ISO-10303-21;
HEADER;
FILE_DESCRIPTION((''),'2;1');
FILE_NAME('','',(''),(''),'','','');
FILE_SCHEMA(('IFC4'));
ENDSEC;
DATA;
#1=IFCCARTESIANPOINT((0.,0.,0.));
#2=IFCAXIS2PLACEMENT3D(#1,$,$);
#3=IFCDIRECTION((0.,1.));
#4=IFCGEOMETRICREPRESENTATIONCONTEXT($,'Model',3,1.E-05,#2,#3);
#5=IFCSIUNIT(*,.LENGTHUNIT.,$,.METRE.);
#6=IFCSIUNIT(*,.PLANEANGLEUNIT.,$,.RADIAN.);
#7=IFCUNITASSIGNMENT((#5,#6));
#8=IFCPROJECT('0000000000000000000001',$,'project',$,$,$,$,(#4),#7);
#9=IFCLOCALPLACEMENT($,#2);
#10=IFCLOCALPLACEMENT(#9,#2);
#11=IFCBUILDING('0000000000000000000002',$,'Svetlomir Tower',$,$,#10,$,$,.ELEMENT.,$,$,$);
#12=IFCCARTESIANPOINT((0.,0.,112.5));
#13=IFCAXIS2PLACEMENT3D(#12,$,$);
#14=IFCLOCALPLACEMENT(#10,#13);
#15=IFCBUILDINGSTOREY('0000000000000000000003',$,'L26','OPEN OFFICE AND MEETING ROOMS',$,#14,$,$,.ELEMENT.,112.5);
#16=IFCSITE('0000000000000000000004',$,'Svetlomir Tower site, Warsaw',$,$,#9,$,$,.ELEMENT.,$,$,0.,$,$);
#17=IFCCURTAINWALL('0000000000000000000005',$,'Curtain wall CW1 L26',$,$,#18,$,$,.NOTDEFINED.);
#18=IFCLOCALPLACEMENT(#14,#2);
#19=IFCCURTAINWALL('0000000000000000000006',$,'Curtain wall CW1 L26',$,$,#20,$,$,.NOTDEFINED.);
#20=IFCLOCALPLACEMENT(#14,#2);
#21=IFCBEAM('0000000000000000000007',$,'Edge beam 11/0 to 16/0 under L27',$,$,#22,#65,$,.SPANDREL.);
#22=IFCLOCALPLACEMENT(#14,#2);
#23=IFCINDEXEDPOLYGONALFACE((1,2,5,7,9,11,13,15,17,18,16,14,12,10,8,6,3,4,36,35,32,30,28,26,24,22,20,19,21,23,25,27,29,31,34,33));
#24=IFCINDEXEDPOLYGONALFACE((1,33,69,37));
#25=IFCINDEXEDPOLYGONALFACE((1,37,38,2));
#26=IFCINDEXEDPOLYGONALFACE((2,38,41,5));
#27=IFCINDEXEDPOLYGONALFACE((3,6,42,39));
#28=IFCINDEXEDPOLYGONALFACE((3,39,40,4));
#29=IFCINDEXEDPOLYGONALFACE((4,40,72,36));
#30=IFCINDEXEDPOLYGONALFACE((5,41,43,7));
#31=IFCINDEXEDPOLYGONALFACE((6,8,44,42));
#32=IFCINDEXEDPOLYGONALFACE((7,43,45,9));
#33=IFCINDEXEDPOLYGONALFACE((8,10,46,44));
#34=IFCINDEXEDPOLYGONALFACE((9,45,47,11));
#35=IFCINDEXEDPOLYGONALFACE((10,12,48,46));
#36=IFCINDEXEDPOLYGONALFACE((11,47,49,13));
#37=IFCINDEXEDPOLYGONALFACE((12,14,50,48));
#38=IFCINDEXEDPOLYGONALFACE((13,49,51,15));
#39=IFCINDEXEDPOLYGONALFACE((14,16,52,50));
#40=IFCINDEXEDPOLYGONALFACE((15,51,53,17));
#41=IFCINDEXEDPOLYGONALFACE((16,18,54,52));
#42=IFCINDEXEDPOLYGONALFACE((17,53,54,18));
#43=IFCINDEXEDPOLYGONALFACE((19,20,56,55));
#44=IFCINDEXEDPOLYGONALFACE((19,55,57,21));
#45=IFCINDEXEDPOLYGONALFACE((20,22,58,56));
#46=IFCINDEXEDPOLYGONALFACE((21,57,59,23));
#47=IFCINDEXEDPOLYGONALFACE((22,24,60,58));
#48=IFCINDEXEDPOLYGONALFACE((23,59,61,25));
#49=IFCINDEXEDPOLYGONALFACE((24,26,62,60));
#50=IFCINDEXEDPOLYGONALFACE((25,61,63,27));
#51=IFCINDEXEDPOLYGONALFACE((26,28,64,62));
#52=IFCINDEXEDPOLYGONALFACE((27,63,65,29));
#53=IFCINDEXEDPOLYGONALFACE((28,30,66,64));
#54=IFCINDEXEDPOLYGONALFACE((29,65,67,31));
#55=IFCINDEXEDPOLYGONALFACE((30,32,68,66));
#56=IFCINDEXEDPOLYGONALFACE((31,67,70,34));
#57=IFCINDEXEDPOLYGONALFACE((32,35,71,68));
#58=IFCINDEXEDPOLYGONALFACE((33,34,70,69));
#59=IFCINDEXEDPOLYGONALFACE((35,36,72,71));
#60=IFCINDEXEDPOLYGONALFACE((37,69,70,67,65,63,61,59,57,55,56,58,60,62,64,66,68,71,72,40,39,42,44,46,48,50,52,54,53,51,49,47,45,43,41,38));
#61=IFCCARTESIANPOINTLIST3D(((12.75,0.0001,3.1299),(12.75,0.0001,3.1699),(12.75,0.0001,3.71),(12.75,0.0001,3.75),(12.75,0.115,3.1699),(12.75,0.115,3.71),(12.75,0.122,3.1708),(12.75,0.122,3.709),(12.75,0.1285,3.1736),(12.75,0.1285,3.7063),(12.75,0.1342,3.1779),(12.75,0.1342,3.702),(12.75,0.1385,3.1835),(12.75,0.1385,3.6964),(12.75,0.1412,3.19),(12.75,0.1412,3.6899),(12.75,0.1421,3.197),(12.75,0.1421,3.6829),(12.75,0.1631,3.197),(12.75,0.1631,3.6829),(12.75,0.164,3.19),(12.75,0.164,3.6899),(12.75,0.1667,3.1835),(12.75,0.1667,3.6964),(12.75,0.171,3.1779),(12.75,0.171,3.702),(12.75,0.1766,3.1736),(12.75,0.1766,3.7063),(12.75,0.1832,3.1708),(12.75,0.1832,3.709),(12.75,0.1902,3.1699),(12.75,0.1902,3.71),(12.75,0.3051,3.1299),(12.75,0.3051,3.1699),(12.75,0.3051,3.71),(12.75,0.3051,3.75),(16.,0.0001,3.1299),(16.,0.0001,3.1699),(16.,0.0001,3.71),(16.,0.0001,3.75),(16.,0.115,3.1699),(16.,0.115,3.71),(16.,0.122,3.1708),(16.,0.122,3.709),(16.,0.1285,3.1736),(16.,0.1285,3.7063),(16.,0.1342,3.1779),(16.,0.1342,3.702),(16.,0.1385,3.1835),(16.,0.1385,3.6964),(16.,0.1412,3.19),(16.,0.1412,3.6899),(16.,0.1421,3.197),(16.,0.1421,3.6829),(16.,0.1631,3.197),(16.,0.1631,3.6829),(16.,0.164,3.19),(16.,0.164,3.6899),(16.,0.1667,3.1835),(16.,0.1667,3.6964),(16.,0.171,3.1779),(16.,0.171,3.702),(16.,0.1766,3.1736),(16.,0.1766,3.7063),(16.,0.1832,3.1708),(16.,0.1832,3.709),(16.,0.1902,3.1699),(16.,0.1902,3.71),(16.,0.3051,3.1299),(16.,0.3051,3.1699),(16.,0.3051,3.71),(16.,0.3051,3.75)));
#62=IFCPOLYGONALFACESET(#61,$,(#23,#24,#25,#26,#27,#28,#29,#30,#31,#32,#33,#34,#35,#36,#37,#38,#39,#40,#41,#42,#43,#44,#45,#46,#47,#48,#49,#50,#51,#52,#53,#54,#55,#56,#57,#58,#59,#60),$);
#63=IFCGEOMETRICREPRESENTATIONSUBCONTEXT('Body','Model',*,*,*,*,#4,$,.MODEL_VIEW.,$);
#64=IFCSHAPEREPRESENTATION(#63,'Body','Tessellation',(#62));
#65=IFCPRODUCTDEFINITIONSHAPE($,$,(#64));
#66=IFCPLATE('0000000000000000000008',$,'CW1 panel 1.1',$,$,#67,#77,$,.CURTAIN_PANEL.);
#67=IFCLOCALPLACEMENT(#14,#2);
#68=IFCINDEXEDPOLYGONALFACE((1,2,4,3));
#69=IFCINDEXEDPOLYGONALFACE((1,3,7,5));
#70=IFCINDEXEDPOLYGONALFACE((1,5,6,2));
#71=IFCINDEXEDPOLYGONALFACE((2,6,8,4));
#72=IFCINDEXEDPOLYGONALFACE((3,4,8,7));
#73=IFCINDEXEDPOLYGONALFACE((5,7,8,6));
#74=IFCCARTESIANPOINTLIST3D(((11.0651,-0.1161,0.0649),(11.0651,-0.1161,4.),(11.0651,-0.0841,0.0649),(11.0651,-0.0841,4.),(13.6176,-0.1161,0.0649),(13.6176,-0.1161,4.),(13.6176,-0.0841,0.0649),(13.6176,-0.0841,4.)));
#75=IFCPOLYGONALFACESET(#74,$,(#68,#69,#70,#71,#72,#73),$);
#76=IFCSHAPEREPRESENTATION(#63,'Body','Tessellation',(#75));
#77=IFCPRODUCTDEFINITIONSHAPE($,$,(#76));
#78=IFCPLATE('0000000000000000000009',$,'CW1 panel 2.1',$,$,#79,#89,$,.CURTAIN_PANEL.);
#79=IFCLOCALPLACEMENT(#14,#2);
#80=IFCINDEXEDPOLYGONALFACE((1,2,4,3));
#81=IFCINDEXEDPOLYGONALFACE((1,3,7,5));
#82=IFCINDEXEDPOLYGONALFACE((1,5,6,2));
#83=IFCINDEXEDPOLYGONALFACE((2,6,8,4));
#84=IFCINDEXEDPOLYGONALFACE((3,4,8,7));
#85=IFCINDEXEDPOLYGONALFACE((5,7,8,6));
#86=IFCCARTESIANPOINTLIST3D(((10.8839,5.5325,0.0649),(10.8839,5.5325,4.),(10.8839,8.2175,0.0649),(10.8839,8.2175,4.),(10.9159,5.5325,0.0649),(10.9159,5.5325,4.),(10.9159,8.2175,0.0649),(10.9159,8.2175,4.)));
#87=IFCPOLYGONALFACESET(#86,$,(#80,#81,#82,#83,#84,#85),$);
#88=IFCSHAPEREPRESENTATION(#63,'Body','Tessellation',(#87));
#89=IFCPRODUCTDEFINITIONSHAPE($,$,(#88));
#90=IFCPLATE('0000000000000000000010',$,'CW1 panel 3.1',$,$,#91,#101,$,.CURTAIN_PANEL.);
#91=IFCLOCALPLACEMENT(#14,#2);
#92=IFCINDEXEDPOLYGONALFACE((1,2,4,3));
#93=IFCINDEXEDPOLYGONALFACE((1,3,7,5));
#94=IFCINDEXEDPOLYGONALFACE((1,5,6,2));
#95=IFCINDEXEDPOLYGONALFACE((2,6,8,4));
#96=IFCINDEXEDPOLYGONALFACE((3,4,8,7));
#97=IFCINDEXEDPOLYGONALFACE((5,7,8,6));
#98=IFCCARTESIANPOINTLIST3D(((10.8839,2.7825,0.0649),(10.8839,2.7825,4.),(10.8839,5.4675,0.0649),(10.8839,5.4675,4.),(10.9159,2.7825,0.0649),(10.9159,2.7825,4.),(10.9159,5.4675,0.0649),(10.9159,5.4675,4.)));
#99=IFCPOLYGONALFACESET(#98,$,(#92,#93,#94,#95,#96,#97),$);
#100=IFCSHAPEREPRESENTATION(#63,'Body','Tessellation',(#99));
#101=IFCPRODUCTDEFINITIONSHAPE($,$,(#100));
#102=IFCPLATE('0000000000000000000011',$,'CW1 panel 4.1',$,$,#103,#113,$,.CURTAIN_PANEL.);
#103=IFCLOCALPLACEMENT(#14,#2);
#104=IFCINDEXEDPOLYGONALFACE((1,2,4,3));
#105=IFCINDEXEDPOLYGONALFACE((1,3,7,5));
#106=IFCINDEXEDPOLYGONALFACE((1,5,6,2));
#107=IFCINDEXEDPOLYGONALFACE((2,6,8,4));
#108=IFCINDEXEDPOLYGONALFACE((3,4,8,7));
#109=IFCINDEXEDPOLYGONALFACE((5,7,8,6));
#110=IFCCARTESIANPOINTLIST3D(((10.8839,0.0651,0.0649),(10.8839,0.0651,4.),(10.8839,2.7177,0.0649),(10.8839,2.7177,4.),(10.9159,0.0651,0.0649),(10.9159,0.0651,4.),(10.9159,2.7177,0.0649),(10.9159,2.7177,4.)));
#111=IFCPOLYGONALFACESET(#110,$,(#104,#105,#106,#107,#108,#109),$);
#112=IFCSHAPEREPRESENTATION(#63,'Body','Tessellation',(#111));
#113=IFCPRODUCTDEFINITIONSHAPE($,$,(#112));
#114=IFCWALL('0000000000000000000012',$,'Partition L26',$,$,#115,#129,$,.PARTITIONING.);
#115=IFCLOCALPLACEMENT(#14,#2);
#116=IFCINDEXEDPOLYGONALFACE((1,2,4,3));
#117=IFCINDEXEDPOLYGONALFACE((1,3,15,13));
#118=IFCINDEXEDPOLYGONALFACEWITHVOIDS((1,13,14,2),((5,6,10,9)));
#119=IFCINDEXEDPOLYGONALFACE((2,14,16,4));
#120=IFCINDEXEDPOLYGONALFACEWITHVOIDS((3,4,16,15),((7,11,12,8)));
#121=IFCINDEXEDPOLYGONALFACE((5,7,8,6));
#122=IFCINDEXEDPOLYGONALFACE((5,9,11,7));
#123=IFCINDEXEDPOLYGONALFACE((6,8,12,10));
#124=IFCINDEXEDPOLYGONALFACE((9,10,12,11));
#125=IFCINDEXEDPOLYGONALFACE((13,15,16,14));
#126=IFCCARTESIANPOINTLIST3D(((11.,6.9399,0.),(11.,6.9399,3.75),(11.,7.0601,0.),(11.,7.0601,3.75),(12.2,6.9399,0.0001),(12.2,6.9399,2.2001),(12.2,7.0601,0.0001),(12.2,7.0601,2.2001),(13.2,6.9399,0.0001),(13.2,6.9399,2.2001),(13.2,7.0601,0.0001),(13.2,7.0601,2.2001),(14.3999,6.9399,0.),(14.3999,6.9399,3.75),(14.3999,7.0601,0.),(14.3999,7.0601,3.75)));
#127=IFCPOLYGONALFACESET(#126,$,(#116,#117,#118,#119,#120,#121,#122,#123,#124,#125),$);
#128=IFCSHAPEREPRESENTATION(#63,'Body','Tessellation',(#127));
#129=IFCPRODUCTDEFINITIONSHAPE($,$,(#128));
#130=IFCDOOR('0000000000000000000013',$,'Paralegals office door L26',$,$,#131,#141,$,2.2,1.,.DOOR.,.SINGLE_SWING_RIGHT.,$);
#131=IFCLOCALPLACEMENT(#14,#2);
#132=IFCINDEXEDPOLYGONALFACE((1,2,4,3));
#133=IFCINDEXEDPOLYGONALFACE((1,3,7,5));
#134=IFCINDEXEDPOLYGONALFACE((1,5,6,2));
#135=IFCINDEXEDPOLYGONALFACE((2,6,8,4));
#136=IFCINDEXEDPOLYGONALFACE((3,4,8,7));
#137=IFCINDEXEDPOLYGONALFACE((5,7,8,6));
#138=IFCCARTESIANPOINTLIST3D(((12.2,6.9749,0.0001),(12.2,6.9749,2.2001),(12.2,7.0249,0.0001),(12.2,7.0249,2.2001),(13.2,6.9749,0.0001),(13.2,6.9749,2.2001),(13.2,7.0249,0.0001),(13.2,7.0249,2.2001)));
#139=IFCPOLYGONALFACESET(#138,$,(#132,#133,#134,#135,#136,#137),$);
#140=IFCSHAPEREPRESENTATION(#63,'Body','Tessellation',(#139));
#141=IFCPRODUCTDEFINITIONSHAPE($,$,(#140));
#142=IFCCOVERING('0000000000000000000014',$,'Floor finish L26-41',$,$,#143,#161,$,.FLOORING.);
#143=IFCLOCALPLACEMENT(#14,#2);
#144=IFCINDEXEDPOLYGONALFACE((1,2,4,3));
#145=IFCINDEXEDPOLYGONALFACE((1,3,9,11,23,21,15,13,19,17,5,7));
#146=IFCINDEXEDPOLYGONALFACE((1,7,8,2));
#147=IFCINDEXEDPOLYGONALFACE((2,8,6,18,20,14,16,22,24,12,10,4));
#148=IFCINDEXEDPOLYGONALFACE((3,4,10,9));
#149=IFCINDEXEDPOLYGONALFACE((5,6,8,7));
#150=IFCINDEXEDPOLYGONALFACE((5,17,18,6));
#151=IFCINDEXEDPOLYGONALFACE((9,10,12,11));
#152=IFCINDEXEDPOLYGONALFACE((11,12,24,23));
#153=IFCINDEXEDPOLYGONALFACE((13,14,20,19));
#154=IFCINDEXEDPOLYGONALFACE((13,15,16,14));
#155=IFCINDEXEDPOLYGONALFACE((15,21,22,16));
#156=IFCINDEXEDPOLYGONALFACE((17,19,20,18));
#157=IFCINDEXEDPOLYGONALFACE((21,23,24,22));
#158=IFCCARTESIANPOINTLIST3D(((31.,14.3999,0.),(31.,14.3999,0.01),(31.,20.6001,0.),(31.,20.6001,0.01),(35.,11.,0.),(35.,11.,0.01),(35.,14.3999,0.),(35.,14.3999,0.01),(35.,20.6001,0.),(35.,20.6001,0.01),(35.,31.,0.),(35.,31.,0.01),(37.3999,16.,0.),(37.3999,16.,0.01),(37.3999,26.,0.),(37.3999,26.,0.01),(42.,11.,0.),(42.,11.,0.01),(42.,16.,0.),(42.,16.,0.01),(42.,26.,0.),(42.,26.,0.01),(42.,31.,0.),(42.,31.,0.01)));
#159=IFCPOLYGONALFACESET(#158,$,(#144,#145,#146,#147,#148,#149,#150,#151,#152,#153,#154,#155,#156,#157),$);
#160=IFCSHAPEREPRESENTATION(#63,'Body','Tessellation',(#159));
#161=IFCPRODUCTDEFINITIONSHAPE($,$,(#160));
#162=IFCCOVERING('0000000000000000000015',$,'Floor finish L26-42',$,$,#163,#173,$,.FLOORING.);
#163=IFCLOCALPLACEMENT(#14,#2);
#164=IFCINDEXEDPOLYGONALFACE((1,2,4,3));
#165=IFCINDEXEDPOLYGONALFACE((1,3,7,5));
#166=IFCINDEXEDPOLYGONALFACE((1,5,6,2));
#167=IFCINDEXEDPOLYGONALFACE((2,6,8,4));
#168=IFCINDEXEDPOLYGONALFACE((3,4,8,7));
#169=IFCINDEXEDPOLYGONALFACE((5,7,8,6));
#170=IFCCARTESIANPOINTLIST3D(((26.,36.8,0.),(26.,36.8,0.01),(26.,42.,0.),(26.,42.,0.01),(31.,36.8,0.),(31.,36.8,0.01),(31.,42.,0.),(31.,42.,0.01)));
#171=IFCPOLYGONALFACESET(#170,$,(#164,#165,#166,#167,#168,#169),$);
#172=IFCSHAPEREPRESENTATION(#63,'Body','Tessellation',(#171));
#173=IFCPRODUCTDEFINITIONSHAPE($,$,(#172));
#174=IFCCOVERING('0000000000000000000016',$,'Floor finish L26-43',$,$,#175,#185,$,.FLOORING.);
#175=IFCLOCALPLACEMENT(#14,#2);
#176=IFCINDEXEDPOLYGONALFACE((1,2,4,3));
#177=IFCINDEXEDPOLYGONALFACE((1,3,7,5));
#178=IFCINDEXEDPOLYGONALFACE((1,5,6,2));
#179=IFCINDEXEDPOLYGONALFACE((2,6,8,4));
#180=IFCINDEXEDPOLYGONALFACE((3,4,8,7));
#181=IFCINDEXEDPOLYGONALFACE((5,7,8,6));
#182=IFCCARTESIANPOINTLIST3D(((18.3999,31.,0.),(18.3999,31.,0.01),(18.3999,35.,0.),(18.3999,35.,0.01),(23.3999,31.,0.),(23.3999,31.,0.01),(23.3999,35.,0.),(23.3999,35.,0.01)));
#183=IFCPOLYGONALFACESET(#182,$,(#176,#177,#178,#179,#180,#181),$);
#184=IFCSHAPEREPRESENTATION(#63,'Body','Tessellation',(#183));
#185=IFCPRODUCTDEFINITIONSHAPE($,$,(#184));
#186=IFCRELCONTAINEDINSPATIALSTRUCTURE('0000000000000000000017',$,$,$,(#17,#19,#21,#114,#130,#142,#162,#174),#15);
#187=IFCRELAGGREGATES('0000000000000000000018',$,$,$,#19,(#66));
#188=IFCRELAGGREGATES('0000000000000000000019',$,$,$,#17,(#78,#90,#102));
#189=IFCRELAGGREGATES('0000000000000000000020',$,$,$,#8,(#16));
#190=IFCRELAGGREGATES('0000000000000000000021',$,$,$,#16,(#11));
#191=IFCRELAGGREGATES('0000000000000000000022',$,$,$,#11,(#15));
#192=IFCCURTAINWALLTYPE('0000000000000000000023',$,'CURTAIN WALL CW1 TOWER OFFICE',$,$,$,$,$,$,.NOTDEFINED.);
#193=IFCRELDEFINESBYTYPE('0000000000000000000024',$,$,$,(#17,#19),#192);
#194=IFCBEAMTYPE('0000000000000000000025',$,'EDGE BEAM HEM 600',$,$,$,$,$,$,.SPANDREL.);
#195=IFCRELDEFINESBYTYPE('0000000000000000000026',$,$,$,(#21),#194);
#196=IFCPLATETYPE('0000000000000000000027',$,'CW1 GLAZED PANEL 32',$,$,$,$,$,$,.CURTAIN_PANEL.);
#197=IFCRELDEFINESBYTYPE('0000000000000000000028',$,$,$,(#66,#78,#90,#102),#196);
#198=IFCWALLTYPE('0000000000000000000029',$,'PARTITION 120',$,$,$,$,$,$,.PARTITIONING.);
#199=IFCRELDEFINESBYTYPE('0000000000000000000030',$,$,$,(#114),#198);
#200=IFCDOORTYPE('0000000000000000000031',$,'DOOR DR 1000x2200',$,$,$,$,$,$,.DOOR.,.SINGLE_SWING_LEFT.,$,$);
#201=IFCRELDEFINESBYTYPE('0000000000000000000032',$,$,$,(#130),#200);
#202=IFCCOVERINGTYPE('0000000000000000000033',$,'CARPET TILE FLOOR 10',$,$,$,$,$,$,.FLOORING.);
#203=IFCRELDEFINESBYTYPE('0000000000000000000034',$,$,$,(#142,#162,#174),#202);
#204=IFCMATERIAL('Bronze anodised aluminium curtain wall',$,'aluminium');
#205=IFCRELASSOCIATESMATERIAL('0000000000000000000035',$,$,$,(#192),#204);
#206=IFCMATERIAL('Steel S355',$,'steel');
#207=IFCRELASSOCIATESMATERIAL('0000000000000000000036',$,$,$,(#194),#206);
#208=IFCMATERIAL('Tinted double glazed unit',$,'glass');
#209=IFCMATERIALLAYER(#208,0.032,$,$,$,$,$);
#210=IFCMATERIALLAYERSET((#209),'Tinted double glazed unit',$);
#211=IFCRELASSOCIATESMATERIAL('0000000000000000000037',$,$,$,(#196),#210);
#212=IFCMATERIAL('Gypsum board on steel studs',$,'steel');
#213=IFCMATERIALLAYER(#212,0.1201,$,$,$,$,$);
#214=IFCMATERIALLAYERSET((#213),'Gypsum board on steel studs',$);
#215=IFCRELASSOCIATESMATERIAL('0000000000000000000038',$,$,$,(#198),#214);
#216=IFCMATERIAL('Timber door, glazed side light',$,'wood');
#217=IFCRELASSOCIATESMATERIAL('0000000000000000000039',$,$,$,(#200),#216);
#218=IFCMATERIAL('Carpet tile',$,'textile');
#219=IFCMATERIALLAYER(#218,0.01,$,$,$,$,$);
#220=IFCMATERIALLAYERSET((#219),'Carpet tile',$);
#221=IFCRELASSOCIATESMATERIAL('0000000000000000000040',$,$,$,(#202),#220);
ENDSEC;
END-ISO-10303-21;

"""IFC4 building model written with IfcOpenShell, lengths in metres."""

from ifc_helpers import new_model, si_unit, direction, frame, frame_2d, origin, origin_2d, place, context, subcontext, project, spatial, polyline, rectangle, i_section, outline, extrude, material, layer, layer_set, material_profile, profile_set, type_object, element, fill, aggregate, save


model = new_model("IFC4")

# Units and contexts
model_context = context("Model", 3, precision=1e-05, world=origin(), true_north=direction((0.0, 1.0)))
body_context = subcontext(model_context, "Body", "Model", "MODEL_VIEW")
ifc_project = project(units=[si_unit("LENGTHUNIT", "METRE"), si_unit("PLANEANGLEUNIT", "RADIAN")], contexts=[model_context])

# Site, building, storey
site_placement = place(None, origin())
site = spatial("IfcSite", under=ifc_project, at=site_placement, Name="Svetlomir Tower site, Warsaw", CompositionType="ELEMENT", RefElevation=0.0)
building_placement = place(site_placement, origin())
building = spatial("IfcBuilding", under=site, at=building_placement, Name="Svetlomir Tower", CompositionType="ELEMENT")
storey_placement = place(building_placement, frame((0.0, 0.0, 112.5)))
storey = spatial("IfcBuildingStorey", under=building, at=storey_placement, Name="L26", Description="OPEN OFFICE AND MEETING ROOMS", CompositionType="ELEMENT", Elevation=112.5)

# Curtain wall
ifc_material_1 = material(Name="Bronze anodised aluminium curtain wall", Category="aluminium")
curtain_wall_type = type_object("IfcCurtainWallType", Name="CURTAIN WALL CW1 TOWER OFFICE", PredefinedType="NOTDEFINED", material=ifc_material_1)
curtain_wall_1_placement = place(storey_placement, origin())
curtain_wall_1 = element("IfcCurtainWall", 1, at=curtain_wall_1_placement, inside=storey, type_object=curtain_wall_type, Name="Curtain wall CW1 L26", PredefinedType="NOTDEFINED")

# Curtain wall
curtain_wall_2_placement = place(storey_placement, origin())
curtain_wall_2 = element("IfcCurtainWall", 2, at=curtain_wall_2_placement, inside=storey, type_object=curtain_wall_type, Name="Curtain wall CW1 L26", PredefinedType="NOTDEFINED")

# Beam
ifc_material_2 = material(Name="Steel S355", Category="steel")
ifc_material_profile_1 = material_profile(ifc_material_2, i_section(OverallWidth=0.3049, OverallDepth=0.6201, WebThickness=0.021, FlangeThickness=0.04, FilletRadius=0.0271, at=origin_2d()), Name="HEM 600")
ifc_profile_set_1 = profile_set([ifc_material_profile_1], Name="Steel S355")
beam_type = type_object("IfcBeamType", Name="EDGE BEAM HEM 600", PredefinedType="SPANDREL", material=ifc_profile_set_1)
beam_placement = place(storey_placement, frame((12.75, 0.1526, 3.4399), z_axis=(1.0, 0.0, 0.0), x_axis=(0.0, 1.0, 0.0)))
element("IfcBeam", 3, at=beam_placement, inside=storey, type_object=beam_type, Name="Edge beam 11/0 to 16/0 under L27", PredefinedType="SPANDREL", context=body_context, shape_type="SweptSolid", body=[
    extrude(i_section(OverallWidth=0.3049, OverallDepth=0.6201, WebThickness=0.021, FlangeThickness=0.04, FilletRadius=0.0271, at=origin_2d()), origin(), (0.0, 0.0, 1.0), 3.25),
])

# Plates
ifc_material_3 = material(Name="Tinted double glazed unit", Category="glass")
ifc_layer_1 = layer(ifc_material_3, 0.032)
ifc_layer_set_1 = layer_set([ifc_layer_1], Name="Tinted double glazed unit")
plate_type = type_object("IfcPlateType", Name="CW1 GLAZED PANEL 32", PredefinedType="CURTAIN_PANEL", material=ifc_layer_set_1)
plate_1_placement = place(storey_placement, frame((12.3413, -0.1001, 0.0649), z_axis=(0.0, 0.0, 1.0), x_axis=(1.0, 0.0, 0.0)))
plate_1 = element("IfcPlate", 4, at=plate_1_placement, type_object=plate_type, Name="CW1 panel 1.1", PredefinedType="CURTAIN_PANEL", context=body_context, shape_type="SweptSolid", body=[
    extrude(rectangle(XDim=2.5525, YDim=0.032, at=origin_2d()), origin(), (0.0, 0.0, 1.0), 3.9351),
])
aggregate(curtain_wall_2, [plate_1])
plate_2_placement = place(storey_placement, frame((10.8999, 6.875, 0.0649), z_axis=(0.0, 0.0, 1.0), x_axis=(0.0, -1.0, 0.0)))
plate_2 = element("IfcPlate", 5, at=plate_2_placement, type_object=plate_type, Name="CW1 panel 2.1", PredefinedType="CURTAIN_PANEL", context=body_context, shape_type="SweptSolid", body=[
    extrude(rectangle(XDim=2.6851, YDim=0.032, at=origin_2d()), origin(), (0.0, 0.0, 1.0), 3.9351),
])
plate_3_placement = place(storey_placement, frame((10.8999, 4.125, 0.0649), z_axis=(0.0, 0.0, 1.0), x_axis=(0.0, -1.0, 0.0)))
plate_3 = element("IfcPlate", 6, at=plate_3_placement, type_object=plate_type, Name="CW1 panel 3.1", PredefinedType="CURTAIN_PANEL", context=body_context, shape_type="SweptSolid", body=[
    extrude(rectangle(XDim=2.6851, YDim=0.032, at=origin_2d()), origin(), (0.0, 0.0, 1.0), 3.9351),
])
plate_4_placement = place(storey_placement, frame((10.8999, 1.3914, 0.0649), z_axis=(0.0, 0.0, 1.0), x_axis=(0.0, -1.0, 0.0)))
plate_4 = element("IfcPlate", 7, at=plate_4_placement, type_object=plate_type, Name="CW1 panel 4.1", PredefinedType="CURTAIN_PANEL", context=body_context, shape_type="SweptSolid", body=[
    extrude(rectangle(XDim=2.6526, YDim=0.032, at=origin_2d()), origin(), (0.0, 0.0, 1.0), 3.9351),
])
aggregate(curtain_wall_1, [plate_2, plate_3, plate_4])

# Wall, opening, door
ifc_material_4 = material(Name="Gypsum board on steel studs", Category="steel")
ifc_layer_2 = layer(ifc_material_4, 0.1201)
ifc_layer_set_2 = layer_set([ifc_layer_2], Name="Gypsum board on steel studs")
wall_type = type_object("IfcWallType", Name="PARTITION 120", PredefinedType="PARTITIONING", material=ifc_layer_set_2)
wall_placement = place(storey_placement, frame((11.0, 7.0, 0.0), z_axis=(0.0, 0.0, 1.0), x_axis=(1.0, 0.0, 0.0)))
wall = element("IfcWall", 8, at=wall_placement, inside=storey, type_object=wall_type, Name="Partition L26", PredefinedType="PARTITIONING", context=body_context, shape_type="SweptSolid", body=[
    extrude(rectangle(XDim=3.3999, YDim=0.1201, at=frame_2d((1.7, 0.0))), origin(), (0.0, 0.0, 1.0), 3.75),
])
opening_placement = place(wall_placement, frame((1.2, 0.0, 0.0)))
opening = element("IfcOpeningElement", 9, at=opening_placement, cuts=wall, PredefinedType="OPENING", context=body_context, shape_type="SweptSolid", body=[
    extrude(rectangle(XDim=1.0, YDim=2.2, at=frame_2d((0.5, 1.1001))), frame((0.0, 0.0701, 0.0), z_axis=(0.0, -1.0, 0.0), x_axis=(1.0, 0.0, 0.0)), (0.0, 0.0, 1.0), 0.1401),
])
ifc_material_5 = material(Name="Timber door, glazed side light", Category="wood")
door_type = type_object("IfcDoorType", Name="DOOR DR 1000x2200", OperationType="SINGLE_SWING_LEFT", PredefinedType="DOOR", material=ifc_material_5)
door_placement = place(opening_placement, origin())
door = element("IfcDoor", 10, at=door_placement, inside=storey, type_object=door_type, Name="Paralegals office door L26", OperationType="SINGLE_SWING_RIGHT", OverallHeight=2.2, OverallWidth=1.0, PredefinedType="DOOR", context=body_context, shape_type="SweptSolid", body=[
    extrude(rectangle(XDim=1.0, YDim=2.2, at=frame_2d((0.5, 1.1001))), frame((0.0, 0.0249, 0.0), z_axis=(0.0, -1.0, 0.0), x_axis=(1.0, 0.0, 0.0)), (0.0, 0.0, 1.0), 0.05),
])
fill(opening, door)

# Coverings
ifc_material_6 = material(Name="Carpet tile", Category="textile")
ifc_layer_3 = layer(ifc_material_6, 0.01)
ifc_layer_set_3 = layer_set([ifc_layer_3], Name="Carpet tile")
covering_type_1 = type_object("IfcCoveringType", Name="CARPET TILE FLOOR 10", PredefinedType="FLOORING", material=ifc_layer_set_3)
covering_1_placement = place(storey_placement, origin())
element("IfcCovering", 11, at=covering_1_placement, inside=storey, type_object=covering_type_1, Name="Floor finish L26-41", PredefinedType="FLOORING", context=body_context, shape_type="SweptSolid", body=[
    extrude(outline(polyline([(35.0, 14.3999), (31.0, 14.3999), (31.0, 20.6001), (35.0, 20.6001), (35.0, 31.0), (42.0, 31.0), (42.0, 26.0), (37.3999, 26.0), (37.3999, 16.0), (42.0, 16.0), (42.0, 11.0), (35.0, 11.0), (35.0, 14.3999)])), origin(), (0.0, 0.0, 1.0), 0.01),
])
covering_2_placement = place(storey_placement, origin())
element("IfcCovering", 12, at=covering_2_placement, inside=storey, type_object=covering_type_1, Name="Floor finish L26-42", PredefinedType="FLOORING", context=body_context, shape_type="SweptSolid", body=[
    extrude(outline(polyline([(26.0, 36.8), (26.0, 42.0), (31.0, 42.0), (31.0, 36.8), (26.0, 36.8)])), origin(), (0.0, 0.0, 1.0), 0.01),
])
covering_3_placement = place(storey_placement, origin())
element("IfcCovering", 13, at=covering_3_placement, inside=storey, type_object=covering_type_1, Name="Floor finish L26-43", PredefinedType="FLOORING", context=body_context, shape_type="SweptSolid", body=[
    extrude(outline(polyline([(18.3999, 31.0), (18.3999, 35.0), (23.3999, 35.0), (23.3999, 31.0), (18.3999, 31.0)])), origin(), (0.0, 0.0, 1.0), 0.01),
])

save(model, "model.ifc")
